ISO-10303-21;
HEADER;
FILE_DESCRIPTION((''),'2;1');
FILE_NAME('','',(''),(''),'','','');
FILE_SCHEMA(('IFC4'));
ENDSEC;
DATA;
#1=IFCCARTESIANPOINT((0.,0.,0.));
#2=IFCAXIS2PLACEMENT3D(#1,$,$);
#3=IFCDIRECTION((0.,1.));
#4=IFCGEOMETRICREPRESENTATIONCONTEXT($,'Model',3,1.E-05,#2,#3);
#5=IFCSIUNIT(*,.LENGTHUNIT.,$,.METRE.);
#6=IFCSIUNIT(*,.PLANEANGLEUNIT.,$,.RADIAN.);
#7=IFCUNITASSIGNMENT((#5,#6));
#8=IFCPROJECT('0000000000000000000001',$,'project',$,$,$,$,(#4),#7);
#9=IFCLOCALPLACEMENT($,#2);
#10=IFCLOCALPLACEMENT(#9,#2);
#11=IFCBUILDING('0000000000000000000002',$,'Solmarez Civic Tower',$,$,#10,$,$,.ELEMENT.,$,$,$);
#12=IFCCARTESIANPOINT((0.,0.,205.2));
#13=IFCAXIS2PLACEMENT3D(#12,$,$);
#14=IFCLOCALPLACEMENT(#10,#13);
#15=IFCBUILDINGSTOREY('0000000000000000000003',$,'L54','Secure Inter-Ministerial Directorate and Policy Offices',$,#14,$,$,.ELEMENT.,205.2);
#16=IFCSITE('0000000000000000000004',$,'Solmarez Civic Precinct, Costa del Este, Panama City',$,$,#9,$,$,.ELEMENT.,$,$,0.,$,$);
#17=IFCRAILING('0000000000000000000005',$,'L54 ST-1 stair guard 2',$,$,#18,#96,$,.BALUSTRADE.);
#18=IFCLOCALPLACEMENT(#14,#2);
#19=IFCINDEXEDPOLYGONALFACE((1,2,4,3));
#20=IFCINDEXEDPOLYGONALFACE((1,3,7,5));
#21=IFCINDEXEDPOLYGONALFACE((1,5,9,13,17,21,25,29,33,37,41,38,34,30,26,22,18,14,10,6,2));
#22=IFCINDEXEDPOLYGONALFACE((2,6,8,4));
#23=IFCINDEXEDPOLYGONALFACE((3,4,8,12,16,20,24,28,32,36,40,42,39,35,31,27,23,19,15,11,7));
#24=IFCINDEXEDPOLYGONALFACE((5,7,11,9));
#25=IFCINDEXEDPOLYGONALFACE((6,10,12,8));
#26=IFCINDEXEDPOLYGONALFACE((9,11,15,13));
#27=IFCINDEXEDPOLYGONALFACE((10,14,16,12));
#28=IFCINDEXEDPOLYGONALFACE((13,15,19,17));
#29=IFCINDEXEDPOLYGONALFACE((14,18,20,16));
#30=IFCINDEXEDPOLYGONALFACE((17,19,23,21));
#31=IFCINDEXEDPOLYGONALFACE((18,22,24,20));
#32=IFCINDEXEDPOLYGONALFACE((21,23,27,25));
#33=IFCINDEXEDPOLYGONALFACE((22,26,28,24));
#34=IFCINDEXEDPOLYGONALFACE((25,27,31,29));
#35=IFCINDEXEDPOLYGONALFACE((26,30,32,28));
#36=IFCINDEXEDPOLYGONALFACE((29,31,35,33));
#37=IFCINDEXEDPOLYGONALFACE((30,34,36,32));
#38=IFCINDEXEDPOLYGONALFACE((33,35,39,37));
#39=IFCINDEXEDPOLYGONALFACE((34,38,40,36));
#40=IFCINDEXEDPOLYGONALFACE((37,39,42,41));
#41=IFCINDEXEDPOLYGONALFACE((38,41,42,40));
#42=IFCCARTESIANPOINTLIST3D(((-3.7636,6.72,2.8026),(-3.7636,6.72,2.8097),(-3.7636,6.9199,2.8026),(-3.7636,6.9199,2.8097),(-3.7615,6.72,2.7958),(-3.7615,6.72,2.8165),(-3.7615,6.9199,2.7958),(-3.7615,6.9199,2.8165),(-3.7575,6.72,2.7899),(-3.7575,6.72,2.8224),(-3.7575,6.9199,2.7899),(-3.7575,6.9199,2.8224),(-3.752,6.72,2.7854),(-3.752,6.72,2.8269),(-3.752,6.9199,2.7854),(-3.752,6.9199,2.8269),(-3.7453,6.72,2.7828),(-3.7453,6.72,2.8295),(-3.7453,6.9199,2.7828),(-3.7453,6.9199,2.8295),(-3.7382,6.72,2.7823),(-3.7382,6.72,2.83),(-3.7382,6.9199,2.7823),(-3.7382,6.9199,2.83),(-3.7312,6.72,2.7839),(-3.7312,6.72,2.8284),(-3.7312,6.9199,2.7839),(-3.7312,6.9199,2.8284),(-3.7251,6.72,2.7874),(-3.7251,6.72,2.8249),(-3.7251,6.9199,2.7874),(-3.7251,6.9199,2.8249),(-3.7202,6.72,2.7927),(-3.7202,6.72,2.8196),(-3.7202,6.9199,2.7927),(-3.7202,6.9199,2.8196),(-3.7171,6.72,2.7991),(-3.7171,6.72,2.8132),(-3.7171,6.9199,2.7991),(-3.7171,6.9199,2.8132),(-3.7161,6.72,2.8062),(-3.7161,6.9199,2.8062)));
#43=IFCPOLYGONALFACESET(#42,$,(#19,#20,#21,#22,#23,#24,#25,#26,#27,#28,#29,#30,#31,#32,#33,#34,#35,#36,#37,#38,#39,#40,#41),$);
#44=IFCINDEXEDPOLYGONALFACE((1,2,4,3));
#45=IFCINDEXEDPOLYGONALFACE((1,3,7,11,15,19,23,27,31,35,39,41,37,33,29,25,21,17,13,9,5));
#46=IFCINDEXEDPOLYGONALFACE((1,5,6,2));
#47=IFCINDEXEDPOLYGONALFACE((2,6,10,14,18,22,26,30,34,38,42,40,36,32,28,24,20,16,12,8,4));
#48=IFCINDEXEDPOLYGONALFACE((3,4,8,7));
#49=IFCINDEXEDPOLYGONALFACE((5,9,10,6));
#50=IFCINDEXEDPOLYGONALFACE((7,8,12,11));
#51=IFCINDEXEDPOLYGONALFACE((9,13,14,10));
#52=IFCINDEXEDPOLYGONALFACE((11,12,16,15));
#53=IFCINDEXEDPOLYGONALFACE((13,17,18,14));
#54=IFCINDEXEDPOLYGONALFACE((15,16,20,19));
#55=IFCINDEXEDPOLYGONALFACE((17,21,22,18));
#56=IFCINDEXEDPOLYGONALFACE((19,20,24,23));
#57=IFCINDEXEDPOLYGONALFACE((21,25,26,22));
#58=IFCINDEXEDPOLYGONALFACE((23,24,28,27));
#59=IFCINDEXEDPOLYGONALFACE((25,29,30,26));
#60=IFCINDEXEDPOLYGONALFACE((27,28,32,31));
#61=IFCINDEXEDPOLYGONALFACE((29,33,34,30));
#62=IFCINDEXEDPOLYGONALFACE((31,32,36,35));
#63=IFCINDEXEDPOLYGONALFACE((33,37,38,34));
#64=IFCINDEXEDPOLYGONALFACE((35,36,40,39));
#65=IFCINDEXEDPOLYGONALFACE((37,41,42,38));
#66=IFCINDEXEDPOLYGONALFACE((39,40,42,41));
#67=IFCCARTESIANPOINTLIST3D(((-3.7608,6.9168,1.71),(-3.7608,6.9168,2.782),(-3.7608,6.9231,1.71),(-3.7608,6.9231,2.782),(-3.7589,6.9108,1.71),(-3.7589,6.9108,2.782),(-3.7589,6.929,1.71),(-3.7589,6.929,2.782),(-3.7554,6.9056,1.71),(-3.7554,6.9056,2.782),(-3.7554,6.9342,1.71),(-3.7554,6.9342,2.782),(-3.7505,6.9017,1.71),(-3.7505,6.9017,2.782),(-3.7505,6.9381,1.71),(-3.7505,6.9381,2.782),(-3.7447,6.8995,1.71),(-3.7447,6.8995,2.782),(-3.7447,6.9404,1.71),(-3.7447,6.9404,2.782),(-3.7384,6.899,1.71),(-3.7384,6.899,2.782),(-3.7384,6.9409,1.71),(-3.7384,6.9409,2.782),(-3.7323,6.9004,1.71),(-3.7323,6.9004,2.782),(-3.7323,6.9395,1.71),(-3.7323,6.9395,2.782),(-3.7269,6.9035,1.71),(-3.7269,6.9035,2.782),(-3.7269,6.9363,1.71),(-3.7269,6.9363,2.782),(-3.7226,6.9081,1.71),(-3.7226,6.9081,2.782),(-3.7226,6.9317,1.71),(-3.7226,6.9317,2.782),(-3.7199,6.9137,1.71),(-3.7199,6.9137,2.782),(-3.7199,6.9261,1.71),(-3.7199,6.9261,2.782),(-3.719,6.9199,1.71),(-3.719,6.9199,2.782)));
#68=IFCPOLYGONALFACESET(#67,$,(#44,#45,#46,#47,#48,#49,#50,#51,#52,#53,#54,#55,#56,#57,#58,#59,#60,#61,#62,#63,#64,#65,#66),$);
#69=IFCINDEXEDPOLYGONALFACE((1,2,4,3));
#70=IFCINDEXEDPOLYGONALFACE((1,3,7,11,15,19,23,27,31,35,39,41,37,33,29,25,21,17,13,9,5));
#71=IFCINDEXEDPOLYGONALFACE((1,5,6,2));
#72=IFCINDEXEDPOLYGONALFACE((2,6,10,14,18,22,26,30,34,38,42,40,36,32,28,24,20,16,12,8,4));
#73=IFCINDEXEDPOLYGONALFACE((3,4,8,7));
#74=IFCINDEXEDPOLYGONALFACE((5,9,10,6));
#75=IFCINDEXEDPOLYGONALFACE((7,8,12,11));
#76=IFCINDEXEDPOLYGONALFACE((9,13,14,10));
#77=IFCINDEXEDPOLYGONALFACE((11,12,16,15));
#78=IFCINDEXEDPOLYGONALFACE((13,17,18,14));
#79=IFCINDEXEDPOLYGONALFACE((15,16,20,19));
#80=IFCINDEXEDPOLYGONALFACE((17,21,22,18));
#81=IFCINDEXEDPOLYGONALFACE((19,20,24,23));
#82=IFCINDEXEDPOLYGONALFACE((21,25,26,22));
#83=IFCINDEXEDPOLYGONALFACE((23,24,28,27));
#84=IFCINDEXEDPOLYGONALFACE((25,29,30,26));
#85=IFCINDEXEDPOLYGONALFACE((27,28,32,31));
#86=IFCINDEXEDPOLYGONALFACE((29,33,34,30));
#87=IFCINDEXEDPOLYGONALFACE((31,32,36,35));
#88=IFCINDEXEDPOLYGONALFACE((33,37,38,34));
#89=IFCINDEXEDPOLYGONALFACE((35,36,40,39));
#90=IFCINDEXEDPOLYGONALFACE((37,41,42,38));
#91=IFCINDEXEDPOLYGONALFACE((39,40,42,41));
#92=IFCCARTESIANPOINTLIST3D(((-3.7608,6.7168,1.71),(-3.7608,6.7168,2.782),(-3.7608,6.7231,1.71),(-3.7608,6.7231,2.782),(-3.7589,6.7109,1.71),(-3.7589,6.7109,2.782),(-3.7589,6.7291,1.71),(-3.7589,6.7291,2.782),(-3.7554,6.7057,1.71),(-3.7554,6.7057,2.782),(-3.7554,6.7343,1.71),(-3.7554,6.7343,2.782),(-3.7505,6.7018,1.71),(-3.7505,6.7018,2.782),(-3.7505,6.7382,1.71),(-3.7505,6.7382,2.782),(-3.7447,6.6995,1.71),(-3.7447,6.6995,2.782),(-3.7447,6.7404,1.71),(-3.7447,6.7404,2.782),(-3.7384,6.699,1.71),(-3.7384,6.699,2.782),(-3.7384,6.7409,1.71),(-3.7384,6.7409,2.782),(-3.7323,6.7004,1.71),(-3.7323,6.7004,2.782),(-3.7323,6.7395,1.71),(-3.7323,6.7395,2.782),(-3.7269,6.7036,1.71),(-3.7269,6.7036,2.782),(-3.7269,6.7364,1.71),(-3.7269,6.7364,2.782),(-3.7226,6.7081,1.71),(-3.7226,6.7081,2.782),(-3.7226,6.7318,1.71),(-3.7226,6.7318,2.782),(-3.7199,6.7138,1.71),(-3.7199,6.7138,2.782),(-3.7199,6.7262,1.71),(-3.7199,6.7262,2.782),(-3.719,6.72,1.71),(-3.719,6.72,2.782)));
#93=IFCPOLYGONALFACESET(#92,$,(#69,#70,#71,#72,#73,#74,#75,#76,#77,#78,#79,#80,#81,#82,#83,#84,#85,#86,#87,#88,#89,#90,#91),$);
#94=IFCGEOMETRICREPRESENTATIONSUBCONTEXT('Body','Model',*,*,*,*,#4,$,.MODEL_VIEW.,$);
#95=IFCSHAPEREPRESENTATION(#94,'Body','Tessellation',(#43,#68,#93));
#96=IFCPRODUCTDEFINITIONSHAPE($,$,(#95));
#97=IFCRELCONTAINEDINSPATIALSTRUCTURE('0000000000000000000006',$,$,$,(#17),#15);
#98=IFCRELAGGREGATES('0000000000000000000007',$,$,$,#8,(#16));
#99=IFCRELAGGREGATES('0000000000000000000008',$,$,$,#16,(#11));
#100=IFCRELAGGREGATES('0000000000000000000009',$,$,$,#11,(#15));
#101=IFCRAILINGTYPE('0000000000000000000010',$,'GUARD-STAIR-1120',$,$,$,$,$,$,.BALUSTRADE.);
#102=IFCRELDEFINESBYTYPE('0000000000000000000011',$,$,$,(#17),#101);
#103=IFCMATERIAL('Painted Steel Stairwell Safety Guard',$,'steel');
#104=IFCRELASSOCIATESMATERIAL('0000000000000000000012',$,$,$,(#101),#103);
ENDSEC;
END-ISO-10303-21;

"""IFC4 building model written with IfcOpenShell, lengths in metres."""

from ifc_helpers import new_model, si_unit, direction, frame, origin, origin_2d, place, context, subcontext, project, spatial, circle, extrude, material, type_object, element, save


model = new_model("IFC4")

# Units and contexts
model_context = context("Model", 3, precision=1e-05, world=origin(), true_north=direction((0.0, 1.0)))
body_context = subcontext(model_context, "Body", "Model", "MODEL_VIEW")
ifc_project = project(units=[si_unit("LENGTHUNIT", "METRE"), si_unit("PLANEANGLEUNIT", "RADIAN")], contexts=[model_context])

# Site, building, storey
site_placement = place(None, origin())
site = spatial("IfcSite", under=ifc_project, at=site_placement, Name="Solmarez Civic Precinct, Costa del Este, Panama City", CompositionType="ELEMENT", RefElevation=0.0)
building_placement = place(site_placement, origin())
building = spatial("IfcBuilding", under=site, at=building_placement, Name="Solmarez Civic Tower", CompositionType="ELEMENT")
storey_placement = place(building_placement, frame((0.0, 0.0, 205.2)))
storey = spatial("IfcBuildingStorey", under=building, at=storey_placement, Name="L54", Description="Secure Inter-Ministerial Directorate and Policy Offices", CompositionType="ELEMENT", Elevation=205.2)

# Railing
ifc_material_1 = material(Name="Painted Steel Stairwell Safety Guard", Category="steel")
railing_type_1 = type_object("IfcRailingType", Name="GUARD-STAIR-1120", PredefinedType="BALUSTRADE", material=ifc_material_1)
railing_1_placement = place(storey_placement, frame((-3.74, 6.9199, 1.71)))
element("IfcRailing", 1, at=railing_1_placement, inside=storey, type_object=railing_type_1, Name="L54 ST-1 stair guard 2", PredefinedType="BALUSTRADE", context=body_context, shape_type="SweptSolid", body=[
    extrude(circle(Radius=0.0239, at=origin_2d()), frame((0.0, 0.0, 1.0962), z_axis=(0.0, -1.0, 0.0), x_axis=(1.0, 0.0, 0.0)), (0.0, 0.0, 1.0), 0.2),
    extrude(circle(Radius=0.021, at=origin_2d()), origin(), (0.0, 0.0, 1.0), 1.072),
    extrude(circle(Radius=0.021, at=origin_2d()), frame((0.0, -0.2, 0.0)), (0.0, 0.0, 1.0), 1.072),
])

save(model, "model.ifc")
